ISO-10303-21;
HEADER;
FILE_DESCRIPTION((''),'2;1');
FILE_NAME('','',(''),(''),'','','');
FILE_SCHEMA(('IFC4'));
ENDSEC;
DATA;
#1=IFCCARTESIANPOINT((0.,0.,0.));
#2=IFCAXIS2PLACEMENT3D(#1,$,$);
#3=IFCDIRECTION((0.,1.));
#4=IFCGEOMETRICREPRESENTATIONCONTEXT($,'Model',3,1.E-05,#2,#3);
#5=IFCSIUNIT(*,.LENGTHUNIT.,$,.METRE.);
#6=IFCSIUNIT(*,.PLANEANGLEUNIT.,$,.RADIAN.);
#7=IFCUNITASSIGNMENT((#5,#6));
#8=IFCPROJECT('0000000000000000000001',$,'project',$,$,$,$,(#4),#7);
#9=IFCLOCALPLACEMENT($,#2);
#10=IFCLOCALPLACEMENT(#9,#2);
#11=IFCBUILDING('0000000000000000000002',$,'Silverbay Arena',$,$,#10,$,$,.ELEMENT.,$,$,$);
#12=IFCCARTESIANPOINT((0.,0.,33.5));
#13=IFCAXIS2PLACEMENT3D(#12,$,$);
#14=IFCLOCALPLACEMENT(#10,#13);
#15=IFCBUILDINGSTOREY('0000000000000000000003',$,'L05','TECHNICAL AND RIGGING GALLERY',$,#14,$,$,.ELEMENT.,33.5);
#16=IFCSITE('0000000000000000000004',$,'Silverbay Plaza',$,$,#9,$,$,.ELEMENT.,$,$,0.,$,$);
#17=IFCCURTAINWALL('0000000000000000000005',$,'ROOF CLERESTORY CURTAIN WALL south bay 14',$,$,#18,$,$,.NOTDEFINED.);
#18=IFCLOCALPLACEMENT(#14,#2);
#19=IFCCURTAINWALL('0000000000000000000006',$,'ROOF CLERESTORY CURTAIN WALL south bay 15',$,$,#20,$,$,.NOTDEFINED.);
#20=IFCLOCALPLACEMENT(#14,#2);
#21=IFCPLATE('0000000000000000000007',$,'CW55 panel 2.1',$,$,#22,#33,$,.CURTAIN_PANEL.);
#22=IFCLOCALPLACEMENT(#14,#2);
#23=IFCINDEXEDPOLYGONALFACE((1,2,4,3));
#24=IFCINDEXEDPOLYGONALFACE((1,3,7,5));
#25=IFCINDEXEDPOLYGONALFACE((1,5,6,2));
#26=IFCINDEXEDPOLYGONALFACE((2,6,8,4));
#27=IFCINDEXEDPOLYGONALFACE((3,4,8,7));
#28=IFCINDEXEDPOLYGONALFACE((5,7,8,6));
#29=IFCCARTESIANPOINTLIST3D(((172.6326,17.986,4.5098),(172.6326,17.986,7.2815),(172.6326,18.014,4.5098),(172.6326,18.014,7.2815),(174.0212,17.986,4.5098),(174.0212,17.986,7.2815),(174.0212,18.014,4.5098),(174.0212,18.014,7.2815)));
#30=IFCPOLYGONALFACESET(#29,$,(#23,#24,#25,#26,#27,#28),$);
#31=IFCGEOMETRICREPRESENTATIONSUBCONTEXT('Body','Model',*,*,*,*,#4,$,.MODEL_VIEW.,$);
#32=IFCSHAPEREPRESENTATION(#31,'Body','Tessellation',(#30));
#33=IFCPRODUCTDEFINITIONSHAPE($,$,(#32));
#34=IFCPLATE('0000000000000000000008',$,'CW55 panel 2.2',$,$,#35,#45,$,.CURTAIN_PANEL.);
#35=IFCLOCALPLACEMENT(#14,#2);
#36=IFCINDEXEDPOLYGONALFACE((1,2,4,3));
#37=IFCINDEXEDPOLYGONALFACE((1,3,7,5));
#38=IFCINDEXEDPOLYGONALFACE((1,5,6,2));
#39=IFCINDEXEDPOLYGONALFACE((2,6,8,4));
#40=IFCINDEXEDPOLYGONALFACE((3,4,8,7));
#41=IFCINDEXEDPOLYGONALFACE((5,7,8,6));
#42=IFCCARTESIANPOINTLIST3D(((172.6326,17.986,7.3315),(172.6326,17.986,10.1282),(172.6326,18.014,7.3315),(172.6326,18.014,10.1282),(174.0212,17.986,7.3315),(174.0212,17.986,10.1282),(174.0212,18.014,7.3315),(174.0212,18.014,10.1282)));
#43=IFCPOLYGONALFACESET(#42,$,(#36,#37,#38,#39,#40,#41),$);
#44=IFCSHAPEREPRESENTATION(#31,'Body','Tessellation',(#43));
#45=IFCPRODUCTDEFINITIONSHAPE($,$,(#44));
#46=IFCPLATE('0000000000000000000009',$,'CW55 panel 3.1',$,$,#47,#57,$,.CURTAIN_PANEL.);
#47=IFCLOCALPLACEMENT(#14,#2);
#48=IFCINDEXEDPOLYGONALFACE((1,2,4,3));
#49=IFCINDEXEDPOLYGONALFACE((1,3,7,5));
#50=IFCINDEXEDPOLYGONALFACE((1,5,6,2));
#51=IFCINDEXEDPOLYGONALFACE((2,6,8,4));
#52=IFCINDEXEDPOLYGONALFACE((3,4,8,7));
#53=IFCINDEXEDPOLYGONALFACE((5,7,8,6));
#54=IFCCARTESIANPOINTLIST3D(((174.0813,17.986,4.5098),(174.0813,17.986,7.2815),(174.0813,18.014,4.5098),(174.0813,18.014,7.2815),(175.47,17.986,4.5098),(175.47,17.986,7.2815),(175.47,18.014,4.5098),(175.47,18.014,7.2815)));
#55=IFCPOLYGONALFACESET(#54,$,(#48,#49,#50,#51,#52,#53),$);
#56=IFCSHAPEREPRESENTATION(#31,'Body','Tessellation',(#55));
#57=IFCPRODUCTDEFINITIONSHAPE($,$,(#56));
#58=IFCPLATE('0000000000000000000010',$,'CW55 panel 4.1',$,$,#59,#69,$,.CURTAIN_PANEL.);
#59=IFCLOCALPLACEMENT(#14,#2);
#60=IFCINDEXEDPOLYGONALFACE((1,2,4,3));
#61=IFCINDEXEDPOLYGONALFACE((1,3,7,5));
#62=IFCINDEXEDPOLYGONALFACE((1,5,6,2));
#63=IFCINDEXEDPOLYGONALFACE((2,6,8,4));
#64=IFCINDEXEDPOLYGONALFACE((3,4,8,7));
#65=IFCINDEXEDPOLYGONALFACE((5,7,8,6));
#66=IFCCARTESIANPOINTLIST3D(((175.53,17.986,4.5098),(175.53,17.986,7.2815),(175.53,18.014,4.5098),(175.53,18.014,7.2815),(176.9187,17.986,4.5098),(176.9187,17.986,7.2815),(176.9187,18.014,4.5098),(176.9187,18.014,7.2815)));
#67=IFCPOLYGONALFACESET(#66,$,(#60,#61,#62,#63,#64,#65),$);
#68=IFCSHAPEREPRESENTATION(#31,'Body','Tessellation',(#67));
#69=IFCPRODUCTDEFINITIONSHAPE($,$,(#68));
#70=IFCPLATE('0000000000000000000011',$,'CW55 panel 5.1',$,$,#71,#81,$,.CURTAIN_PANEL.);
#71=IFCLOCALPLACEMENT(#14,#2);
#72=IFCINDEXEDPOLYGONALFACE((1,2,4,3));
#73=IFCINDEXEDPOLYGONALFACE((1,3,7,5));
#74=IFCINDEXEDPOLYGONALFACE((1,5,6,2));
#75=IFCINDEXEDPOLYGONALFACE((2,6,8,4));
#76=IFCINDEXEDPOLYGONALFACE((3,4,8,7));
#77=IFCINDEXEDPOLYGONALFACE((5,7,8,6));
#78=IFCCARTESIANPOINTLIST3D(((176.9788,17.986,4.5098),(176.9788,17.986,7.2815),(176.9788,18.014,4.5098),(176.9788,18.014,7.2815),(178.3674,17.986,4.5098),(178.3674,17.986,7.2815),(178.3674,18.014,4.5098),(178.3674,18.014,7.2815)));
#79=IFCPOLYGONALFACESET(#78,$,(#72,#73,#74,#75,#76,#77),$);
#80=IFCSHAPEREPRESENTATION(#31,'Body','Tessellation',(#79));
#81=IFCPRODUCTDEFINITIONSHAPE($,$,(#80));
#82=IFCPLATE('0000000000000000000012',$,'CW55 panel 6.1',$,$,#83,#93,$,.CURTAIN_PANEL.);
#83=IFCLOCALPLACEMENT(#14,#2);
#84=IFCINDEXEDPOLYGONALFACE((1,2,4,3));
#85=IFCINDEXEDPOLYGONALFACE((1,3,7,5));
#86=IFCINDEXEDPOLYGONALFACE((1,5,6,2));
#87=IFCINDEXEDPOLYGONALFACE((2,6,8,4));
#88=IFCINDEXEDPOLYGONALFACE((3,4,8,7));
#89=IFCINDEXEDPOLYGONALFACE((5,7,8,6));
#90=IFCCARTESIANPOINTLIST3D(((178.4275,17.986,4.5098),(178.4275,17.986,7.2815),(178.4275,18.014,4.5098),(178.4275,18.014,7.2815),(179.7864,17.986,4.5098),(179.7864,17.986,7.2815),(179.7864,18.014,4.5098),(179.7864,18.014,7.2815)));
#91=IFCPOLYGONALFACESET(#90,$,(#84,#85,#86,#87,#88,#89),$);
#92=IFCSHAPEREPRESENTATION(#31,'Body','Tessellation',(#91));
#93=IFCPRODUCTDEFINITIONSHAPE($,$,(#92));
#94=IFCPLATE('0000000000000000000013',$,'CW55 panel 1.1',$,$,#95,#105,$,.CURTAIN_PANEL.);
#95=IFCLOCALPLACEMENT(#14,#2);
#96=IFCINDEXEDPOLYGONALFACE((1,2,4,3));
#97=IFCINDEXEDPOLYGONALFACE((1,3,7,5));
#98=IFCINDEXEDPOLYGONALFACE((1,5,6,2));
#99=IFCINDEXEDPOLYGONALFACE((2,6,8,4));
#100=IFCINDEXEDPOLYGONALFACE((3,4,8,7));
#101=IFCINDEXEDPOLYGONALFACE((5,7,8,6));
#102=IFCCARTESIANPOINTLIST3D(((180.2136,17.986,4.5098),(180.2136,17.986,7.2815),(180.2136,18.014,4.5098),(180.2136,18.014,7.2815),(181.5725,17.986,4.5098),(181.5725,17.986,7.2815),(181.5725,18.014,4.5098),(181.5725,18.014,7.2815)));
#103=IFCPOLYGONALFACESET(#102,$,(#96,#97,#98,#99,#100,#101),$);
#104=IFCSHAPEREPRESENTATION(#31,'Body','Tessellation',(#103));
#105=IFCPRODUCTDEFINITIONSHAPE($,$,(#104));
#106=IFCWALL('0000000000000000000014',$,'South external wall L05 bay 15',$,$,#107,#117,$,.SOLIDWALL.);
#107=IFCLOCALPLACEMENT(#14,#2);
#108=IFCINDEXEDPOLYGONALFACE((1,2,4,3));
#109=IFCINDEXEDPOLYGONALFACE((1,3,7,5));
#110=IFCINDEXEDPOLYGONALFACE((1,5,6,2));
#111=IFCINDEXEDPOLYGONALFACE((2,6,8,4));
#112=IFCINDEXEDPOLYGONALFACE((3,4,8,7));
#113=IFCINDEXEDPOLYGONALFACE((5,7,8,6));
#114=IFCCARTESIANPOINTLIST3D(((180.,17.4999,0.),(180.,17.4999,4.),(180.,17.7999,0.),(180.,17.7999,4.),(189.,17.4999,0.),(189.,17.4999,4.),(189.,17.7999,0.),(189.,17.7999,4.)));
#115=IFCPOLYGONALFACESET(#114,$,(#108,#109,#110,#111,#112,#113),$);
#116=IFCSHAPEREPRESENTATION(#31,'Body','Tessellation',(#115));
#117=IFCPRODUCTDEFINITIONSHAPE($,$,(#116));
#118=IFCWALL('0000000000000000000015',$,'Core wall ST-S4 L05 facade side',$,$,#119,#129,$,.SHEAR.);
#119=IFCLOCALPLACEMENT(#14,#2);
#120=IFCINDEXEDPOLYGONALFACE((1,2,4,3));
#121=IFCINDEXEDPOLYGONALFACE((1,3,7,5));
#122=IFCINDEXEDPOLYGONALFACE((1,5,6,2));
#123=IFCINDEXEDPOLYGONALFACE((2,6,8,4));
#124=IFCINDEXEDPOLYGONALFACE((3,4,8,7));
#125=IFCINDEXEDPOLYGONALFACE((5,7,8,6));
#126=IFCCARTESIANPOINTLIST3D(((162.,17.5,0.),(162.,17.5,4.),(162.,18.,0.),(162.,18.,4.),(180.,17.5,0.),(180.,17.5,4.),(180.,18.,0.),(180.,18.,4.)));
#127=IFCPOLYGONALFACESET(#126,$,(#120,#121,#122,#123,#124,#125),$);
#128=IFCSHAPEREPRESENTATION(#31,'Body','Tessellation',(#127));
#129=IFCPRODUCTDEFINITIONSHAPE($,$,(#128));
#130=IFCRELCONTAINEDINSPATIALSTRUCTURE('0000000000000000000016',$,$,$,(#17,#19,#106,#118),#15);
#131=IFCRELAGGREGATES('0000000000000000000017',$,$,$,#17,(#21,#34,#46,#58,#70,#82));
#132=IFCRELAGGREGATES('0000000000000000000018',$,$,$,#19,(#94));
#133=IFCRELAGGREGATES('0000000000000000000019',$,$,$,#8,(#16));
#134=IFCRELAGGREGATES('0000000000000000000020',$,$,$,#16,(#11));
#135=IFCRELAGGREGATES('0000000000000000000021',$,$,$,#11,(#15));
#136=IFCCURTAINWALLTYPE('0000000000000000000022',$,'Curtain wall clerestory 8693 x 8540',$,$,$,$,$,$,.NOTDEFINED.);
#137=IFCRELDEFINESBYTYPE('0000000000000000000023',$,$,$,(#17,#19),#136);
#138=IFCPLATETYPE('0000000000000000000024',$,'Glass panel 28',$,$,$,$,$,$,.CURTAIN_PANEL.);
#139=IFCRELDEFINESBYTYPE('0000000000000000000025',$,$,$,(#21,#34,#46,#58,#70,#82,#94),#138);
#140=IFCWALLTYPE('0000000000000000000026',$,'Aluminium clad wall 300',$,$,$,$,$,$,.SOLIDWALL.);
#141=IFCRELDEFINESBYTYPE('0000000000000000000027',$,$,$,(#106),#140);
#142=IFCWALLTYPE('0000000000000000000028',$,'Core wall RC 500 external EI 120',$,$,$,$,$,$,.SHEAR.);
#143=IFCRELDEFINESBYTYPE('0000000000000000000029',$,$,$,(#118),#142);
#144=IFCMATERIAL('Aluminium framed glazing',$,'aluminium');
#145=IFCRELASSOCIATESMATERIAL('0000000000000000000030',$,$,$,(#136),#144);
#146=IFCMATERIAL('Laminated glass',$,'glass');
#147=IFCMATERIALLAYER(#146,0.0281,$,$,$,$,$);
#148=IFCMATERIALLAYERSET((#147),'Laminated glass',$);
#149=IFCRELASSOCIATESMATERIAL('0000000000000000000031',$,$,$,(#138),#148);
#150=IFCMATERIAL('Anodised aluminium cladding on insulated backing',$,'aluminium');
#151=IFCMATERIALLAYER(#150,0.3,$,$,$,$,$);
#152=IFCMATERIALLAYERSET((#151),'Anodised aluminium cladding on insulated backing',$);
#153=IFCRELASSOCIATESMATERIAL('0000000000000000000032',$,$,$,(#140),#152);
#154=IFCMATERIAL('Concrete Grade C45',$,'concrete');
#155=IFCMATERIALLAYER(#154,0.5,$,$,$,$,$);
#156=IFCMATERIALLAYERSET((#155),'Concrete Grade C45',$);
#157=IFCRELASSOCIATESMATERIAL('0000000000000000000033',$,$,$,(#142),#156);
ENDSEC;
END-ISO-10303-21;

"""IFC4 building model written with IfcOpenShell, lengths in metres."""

from ifc_helpers import new_model, si_unit, direction, frame, frame_2d, origin, origin_2d, place, context, subcontext, project, spatial, rectangle, extrude, material, layer, layer_set, type_object, element, aggregate, save


model = new_model("IFC4")

# Units and contexts
model_context = context("Model", 3, precision=1e-05, world=origin(), true_north=direction((0.0, 1.0)))
body_context = subcontext(model_context, "Body", "Model", "MODEL_VIEW")
ifc_project = project(units=[si_unit("LENGTHUNIT", "METRE"), si_unit("PLANEANGLEUNIT", "RADIAN")], contexts=[model_context])

# Site, building, storey
site_placement = place(None, origin())
site = spatial("IfcSite", under=ifc_project, at=site_placement, Name="Silverbay Plaza", CompositionType="ELEMENT", RefElevation=0.0)
building_placement = place(site_placement, origin())
building = spatial("IfcBuilding", under=site, at=building_placement, Name="Silverbay Arena", CompositionType="ELEMENT")
storey_placement = place(building_placement, frame((0.0, 0.0, 33.5)))
storey = spatial("IfcBuildingStorey", under=building, at=storey_placement, Name="L05", Description="TECHNICAL AND RIGGING GALLERY", CompositionType="ELEMENT", Elevation=33.5)

# Curtain wall
ifc_material_1 = material(Name="Aluminium framed glazing", Category="aluminium")
curtain_wall_type = type_object("IfcCurtainWallType", Name="Curtain wall clerestory 8693 x 8540", PredefinedType="NOTDEFINED", material=ifc_material_1)
curtain_wall_1_placement = place(storey_placement, origin())
curtain_wall_1 = element("IfcCurtainWall", 1, at=curtain_wall_1_placement, inside=storey, type_object=curtain_wall_type, Name="ROOF CLERESTORY CURTAIN WALL south bay 14", PredefinedType="NOTDEFINED")

# Curtain wall
curtain_wall_2_placement = place(storey_placement, origin())
curtain_wall_2 = element("IfcCurtainWall", 2, at=curtain_wall_2_placement, inside=storey, type_object=curtain_wall_type, Name="ROOF CLERESTORY CURTAIN WALL south bay 15", PredefinedType="NOTDEFINED")

# Plates
ifc_material_2 = material(Name="Laminated glass", Category="glass")
ifc_layer_1 = layer(ifc_material_2, 0.0281)
ifc_layer_set_1 = layer_set([ifc_layer_1], Name="Laminated glass")
plate_type = type_object("IfcPlateType", Name="Glass panel 28", PredefinedType="CURTAIN_PANEL", material=ifc_layer_set_1)
plate_1_placement = place(storey_placement, frame((173.3269, 18.0, 4.5098), z_axis=(0.0, 0.0, 1.0), x_axis=(1.0, 0.0, 0.0)))
plate_1 = element("IfcPlate", 3, at=plate_1_placement, type_object=plate_type, Name="CW55 panel 2.1", PredefinedType="CURTAIN_PANEL", context=body_context, shape_type="SweptSolid", body=[
    extrude(rectangle(XDim=1.3887, YDim=0.0281, at=origin_2d()), origin(), (0.0, 0.0, 1.0), 2.7717),
])
plate_2_placement = place(storey_placement, frame((173.3269, 18.0, 7.3315), z_axis=(0.0, 0.0, 1.0), x_axis=(1.0, 0.0, 0.0)))
plate_2 = element("IfcPlate", 4, at=plate_2_placement, type_object=plate_type, Name="CW55 panel 2.2", PredefinedType="CURTAIN_PANEL", context=body_context, shape_type="SweptSolid", body=[
    extrude(rectangle(XDim=1.3887, YDim=0.0281, at=origin_2d()), origin(), (0.0, 0.0, 1.0), 2.7966),
])
plate_3_placement = place(storey_placement, frame((174.7756, 18.0, 4.5098), z_axis=(0.0, 0.0, 1.0), x_axis=(1.0, 0.0, 0.0)))
plate_3 = element("IfcPlate", 5, at=plate_3_placement, type_object=plate_type, Name="CW55 panel 3.1", PredefinedType="CURTAIN_PANEL", context=body_context, shape_type="SweptSolid", body=[
    extrude(rectangle(XDim=1.3887, YDim=0.0281, at=origin_2d()), origin(), (0.0, 0.0, 1.0), 2.7717),
])
plate_4_placement = place(storey_placement, frame((176.2244, 18.0, 4.5098), z_axis=(0.0, 0.0, 1.0), x_axis=(1.0, 0.0, 0.0)))
plate_4 = element("IfcPlate", 6, at=plate_4_placement, type_object=plate_type, Name="CW55 panel 4.1", PredefinedType="CURTAIN_PANEL", context=body_context, shape_type="SweptSolid", body=[
    extrude(rectangle(XDim=1.3887, YDim=0.0281, at=origin_2d()), origin(), (0.0, 0.0, 1.0), 2.7717),
])
plate_5_placement = place(storey_placement, frame((177.6731, 18.0, 4.5098), z_axis=(0.0, 0.0, 1.0), x_axis=(1.0, 0.0, 0.0)))
plate_5 = element("IfcPlate", 7, at=plate_5_placement, type_object=plate_type, Name="CW55 panel 5.1", PredefinedType="CURTAIN_PANEL", context=body_context, shape_type="SweptSolid", body=[
    extrude(rectangle(XDim=1.3887, YDim=0.0281, at=origin_2d()), origin(), (0.0, 0.0, 1.0), 2.7717),
])
plate_6_placement = place(storey_placement, frame((179.1069, 18.0, 4.5098), z_axis=(0.0, 0.0, 1.0), x_axis=(1.0, 0.0, 0.0)))
plate_6 = element("IfcPlate", 8, at=plate_6_placement, type_object=plate_type, Name="CW55 panel 6.1", PredefinedType="CURTAIN_PANEL", context=body_context, shape_type="SweptSolid", body=[
    extrude(rectangle(XDim=1.3589, YDim=0.0281, at=origin_2d()), origin(), (0.0, 0.0, 1.0), 2.7717),
])
aggregate(curtain_wall_1, [plate_1, plate_2, plate_3, plate_4, plate_5, plate_6])
plate_7_placement = place(storey_placement, frame((180.8931, 18.0, 4.5098), z_axis=(0.0, 0.0, 1.0), x_axis=(1.0, 0.0, 0.0)))
plate_7 = element("IfcPlate", 9, at=plate_7_placement, type_object=plate_type, Name="CW55 panel 1.1", PredefinedType="CURTAIN_PANEL", context=body_context, shape_type="SweptSolid", body=[
    extrude(rectangle(XDim=1.3589, YDim=0.0281, at=origin_2d()), origin(), (0.0, 0.0, 1.0), 2.7717),
])
aggregate(curtain_wall_2, [plate_7])

# Walls
ifc_material_3 = material(Name="Anodised aluminium cladding on insulated backing", Category="aluminium")
ifc_layer_2 = layer(ifc_material_3, 0.3)
ifc_layer_set_2 = layer_set([ifc_layer_2], Name="Anodised aluminium cladding on insulated backing")
wall_type_1 = type_object("IfcWallType", Name="Aluminium clad wall 300", PredefinedType="SOLIDWALL", material=ifc_layer_set_2)
wall_1_placement = place(storey_placement, frame((180.0, 17.6499, 0.0), z_axis=(0.0, 0.0, 1.0), x_axis=(1.0, 0.0, 0.0)))
element("IfcWall", 10, at=wall_1_placement, inside=storey, type_object=wall_type_1, Name="South external wall L05 bay 15", PredefinedType="SOLIDWALL", context=body_context, shape_type="SweptSolid", body=[
    extrude(rectangle(XDim=9.0, YDim=0.3, at=frame_2d((4.5, 0.0))), origin(), (0.0, 0.0, 1.0), 4.0),
])
ifc_material_4 = material(Name="Concrete Grade C45", Category="concrete")
ifc_layer_3 = layer(ifc_material_4, 0.5)
ifc_layer_set_3 = layer_set([ifc_layer_3], Name="Concrete Grade C45")
wall_type_2 = type_object("IfcWallType", Name="Core wall RC 500 external EI 120", PredefinedType="SHEAR", material=ifc_layer_set_3)
wall_2_placement = place(storey_placement, frame((180.0, 17.75, 0.0), z_axis=(0.0, 0.0, 1.0), x_axis=(-1.0, 0.0, 0.0)))
element("IfcWall", 11, at=wall_2_placement, inside=storey, type_object=wall_type_2, Name="Core wall ST-S4 L05 facade side", PredefinedType="SHEAR", context=body_context, shape_type="SweptSolid", body=[
    extrude(rectangle(XDim=18.0, YDim=0.5, at=frame_2d((9.0, 0.0))), origin(), (0.0, 0.0, 1.0), 4.0),
])

save(model, "model.ifc")
